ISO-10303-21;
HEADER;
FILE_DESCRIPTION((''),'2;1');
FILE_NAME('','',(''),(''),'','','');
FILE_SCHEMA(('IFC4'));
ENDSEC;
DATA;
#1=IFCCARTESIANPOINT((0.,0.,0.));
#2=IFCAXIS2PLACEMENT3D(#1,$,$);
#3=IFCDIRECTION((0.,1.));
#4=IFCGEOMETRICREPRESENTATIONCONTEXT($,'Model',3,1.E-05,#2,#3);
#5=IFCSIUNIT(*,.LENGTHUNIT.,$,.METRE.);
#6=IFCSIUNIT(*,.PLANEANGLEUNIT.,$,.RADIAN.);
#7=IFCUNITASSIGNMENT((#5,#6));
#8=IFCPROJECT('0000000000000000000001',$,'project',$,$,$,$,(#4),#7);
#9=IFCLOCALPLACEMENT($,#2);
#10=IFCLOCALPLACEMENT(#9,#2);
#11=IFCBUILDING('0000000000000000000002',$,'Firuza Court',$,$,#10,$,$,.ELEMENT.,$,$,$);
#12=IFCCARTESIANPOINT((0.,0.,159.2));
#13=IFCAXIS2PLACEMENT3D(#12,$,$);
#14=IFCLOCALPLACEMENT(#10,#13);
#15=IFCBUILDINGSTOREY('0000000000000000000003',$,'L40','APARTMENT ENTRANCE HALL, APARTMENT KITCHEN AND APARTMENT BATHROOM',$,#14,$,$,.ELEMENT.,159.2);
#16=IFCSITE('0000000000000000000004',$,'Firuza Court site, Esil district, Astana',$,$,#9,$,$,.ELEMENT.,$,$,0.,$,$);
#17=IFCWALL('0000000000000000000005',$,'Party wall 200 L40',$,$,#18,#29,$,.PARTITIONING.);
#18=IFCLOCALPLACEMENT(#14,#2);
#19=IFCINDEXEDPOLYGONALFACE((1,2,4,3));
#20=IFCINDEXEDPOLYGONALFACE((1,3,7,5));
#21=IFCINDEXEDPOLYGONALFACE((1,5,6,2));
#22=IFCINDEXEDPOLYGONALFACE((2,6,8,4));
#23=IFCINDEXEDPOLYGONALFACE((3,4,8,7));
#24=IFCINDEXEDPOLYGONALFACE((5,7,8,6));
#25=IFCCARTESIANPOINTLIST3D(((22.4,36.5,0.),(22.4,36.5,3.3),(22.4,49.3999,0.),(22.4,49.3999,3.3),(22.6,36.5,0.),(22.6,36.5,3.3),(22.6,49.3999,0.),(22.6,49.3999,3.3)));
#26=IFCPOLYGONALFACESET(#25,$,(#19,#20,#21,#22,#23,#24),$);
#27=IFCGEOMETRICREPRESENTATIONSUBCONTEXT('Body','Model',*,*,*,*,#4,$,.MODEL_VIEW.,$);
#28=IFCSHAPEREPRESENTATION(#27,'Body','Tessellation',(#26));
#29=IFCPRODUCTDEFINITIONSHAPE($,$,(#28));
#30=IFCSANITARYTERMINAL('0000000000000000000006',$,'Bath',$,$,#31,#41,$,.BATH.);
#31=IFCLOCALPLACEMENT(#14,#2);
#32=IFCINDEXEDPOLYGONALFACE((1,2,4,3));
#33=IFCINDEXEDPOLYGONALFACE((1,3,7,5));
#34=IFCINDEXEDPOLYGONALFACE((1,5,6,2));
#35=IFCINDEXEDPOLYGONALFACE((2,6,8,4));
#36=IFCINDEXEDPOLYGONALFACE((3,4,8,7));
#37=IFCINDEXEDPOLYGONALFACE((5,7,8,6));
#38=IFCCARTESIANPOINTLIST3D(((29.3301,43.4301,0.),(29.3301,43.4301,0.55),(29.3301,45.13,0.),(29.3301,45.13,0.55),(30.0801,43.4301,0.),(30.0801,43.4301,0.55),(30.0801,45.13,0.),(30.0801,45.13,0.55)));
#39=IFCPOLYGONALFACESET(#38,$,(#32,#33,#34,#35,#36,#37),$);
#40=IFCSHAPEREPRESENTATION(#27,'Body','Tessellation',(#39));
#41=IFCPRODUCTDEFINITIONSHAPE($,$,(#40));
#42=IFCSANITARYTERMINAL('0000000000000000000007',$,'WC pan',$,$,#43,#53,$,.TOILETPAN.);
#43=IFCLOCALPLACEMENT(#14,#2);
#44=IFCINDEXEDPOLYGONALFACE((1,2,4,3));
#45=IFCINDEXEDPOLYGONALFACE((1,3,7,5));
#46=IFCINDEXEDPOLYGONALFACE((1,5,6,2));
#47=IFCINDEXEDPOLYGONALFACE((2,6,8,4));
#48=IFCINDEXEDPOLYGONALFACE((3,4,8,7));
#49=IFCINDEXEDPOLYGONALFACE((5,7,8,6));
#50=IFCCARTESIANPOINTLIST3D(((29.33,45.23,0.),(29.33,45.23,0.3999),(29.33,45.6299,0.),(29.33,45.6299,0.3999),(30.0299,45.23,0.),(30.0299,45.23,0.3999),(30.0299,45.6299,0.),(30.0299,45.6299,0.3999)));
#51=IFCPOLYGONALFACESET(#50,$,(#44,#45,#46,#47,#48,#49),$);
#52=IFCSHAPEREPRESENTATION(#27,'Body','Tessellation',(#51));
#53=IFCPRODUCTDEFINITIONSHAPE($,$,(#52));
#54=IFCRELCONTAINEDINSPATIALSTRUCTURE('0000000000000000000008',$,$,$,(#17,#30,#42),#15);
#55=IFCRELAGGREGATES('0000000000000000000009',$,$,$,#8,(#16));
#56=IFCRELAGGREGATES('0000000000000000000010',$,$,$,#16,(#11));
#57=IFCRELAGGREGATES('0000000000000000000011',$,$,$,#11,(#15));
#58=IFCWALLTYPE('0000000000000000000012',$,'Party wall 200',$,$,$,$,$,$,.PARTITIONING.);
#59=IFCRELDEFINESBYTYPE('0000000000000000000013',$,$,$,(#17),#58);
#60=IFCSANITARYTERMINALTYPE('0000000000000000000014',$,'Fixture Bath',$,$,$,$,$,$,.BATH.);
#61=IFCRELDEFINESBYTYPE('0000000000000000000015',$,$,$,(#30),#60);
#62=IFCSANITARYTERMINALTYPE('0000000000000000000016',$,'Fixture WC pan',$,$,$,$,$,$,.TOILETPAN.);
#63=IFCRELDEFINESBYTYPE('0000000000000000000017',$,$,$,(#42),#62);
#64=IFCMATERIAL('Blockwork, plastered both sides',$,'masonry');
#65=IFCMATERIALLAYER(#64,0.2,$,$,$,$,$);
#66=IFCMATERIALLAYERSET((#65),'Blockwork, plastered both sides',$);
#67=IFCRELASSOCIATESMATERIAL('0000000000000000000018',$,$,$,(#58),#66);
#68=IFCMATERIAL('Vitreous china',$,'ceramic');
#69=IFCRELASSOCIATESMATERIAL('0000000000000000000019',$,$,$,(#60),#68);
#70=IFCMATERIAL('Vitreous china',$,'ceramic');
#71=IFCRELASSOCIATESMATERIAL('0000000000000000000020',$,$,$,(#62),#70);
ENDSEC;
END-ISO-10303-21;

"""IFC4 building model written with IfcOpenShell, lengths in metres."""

from ifc_helpers import new_model, si_unit, direction, frame, frame_2d, origin, origin_2d, place, context, subcontext, project, spatial, rectangle, extrude, material, layer, layer_set, type_object, element, save


model = new_model("IFC4")

# Units and contexts
model_context = context("Model", 3, precision=1e-05, world=origin(), true_north=direction((0.0, 1.0)))
body_context = subcontext(model_context, "Body", "Model", "MODEL_VIEW")
ifc_project = project(units=[si_unit("LENGTHUNIT", "METRE"), si_unit("PLANEANGLEUNIT", "RADIAN")], contexts=[model_context])

# Site, building, storey
site_placement = place(None, origin())
site = spatial("IfcSite", under=ifc_project, at=site_placement, Name="Firuza Court site, Esil district, Astana", CompositionType="ELEMENT", RefElevation=0.0)
building_placement = place(site_placement, origin())
building = spatial("IfcBuilding", under=site, at=building_placement, Name="Firuza Court", CompositionType="ELEMENT")
storey_placement = place(building_placement, frame((0.0, 0.0, 159.2)))
storey = spatial("IfcBuildingStorey", under=building, at=storey_placement, Name="L40", Description="APARTMENT ENTRANCE HALL, APARTMENT KITCHEN AND APARTMENT BATHROOM", CompositionType="ELEMENT", Elevation=159.2)

# Wall
ifc_material_1 = material(Name="Blockwork, plastered both sides", Category="masonry")
ifc_layer_1 = layer(ifc_material_1, 0.2)
ifc_layer_set_1 = layer_set([ifc_layer_1], Name="Blockwork, plastered both sides")
wall_type_1 = type_object("IfcWallType", Name="Party wall 200", PredefinedType="PARTITIONING", material=ifc_layer_set_1)
wall_1_placement = place(storey_placement, frame((22.5, 36.5, 0.0), z_axis=(0.0, 0.0, 1.0), x_axis=(0.0, 1.0, 0.0)))
element("IfcWall", 1, at=wall_1_placement, inside=storey, type_object=wall_type_1, Name="Party wall 200 L40", PredefinedType="PARTITIONING", context=body_context, shape_type="SweptSolid", body=[
    extrude(rectangle(XDim=12.8999, YDim=0.2, at=frame_2d((6.45, 0.0))), origin(), (0.0, 0.0, 1.0), 3.3),
])

# Sanitary terminals
ifc_material_2 = material(Name="Vitreous china", Category="ceramic")
sanitary_terminal_type_1 = type_object("IfcSanitaryTerminalType", Name="Fixture Bath", PredefinedType="BATH", material=ifc_material_2)
sanitary_terminal_1_placement = place(storey_placement, frame((29.7051, 44.28, 0.0), z_axis=(0.0, 0.0, 1.0), x_axis=(1.0, 0.0, 0.0)))
element("IfcSanitaryTerminal", 2, at=sanitary_terminal_1_placement, inside=storey, type_object=sanitary_terminal_type_1, Name="Bath", PredefinedType="BATH", context=body_context, shape_type="SweptSolid", body=[
    extrude(rectangle(XDim=0.75, YDim=1.7, at=origin_2d()), origin(), (0.0, 0.0, 1.0), 0.55),
])
ifc_material_3 = material(Name="Vitreous china", Category="ceramic")
sanitary_terminal_type_2 = type_object("IfcSanitaryTerminalType", Name="Fixture WC pan", PredefinedType="TOILETPAN", material=ifc_material_3)
sanitary_terminal_2_placement = place(storey_placement, frame((29.6799, 45.4299, 0.0), z_axis=(0.0, 0.0, 1.0), x_axis=(1.0, 0.0, 0.0)))
element("IfcSanitaryTerminal", 3, at=sanitary_terminal_2_placement, inside=storey, type_object=sanitary_terminal_type_2, Name="WC pan", PredefinedType="TOILETPAN", context=body_context, shape_type="SweptSolid", body=[
    extrude(rectangle(XDim=0.7, YDim=0.3999, at=origin_2d()), origin(), (0.0, 0.0, 1.0), 0.3999),
])

save(model, "model.ifc")
